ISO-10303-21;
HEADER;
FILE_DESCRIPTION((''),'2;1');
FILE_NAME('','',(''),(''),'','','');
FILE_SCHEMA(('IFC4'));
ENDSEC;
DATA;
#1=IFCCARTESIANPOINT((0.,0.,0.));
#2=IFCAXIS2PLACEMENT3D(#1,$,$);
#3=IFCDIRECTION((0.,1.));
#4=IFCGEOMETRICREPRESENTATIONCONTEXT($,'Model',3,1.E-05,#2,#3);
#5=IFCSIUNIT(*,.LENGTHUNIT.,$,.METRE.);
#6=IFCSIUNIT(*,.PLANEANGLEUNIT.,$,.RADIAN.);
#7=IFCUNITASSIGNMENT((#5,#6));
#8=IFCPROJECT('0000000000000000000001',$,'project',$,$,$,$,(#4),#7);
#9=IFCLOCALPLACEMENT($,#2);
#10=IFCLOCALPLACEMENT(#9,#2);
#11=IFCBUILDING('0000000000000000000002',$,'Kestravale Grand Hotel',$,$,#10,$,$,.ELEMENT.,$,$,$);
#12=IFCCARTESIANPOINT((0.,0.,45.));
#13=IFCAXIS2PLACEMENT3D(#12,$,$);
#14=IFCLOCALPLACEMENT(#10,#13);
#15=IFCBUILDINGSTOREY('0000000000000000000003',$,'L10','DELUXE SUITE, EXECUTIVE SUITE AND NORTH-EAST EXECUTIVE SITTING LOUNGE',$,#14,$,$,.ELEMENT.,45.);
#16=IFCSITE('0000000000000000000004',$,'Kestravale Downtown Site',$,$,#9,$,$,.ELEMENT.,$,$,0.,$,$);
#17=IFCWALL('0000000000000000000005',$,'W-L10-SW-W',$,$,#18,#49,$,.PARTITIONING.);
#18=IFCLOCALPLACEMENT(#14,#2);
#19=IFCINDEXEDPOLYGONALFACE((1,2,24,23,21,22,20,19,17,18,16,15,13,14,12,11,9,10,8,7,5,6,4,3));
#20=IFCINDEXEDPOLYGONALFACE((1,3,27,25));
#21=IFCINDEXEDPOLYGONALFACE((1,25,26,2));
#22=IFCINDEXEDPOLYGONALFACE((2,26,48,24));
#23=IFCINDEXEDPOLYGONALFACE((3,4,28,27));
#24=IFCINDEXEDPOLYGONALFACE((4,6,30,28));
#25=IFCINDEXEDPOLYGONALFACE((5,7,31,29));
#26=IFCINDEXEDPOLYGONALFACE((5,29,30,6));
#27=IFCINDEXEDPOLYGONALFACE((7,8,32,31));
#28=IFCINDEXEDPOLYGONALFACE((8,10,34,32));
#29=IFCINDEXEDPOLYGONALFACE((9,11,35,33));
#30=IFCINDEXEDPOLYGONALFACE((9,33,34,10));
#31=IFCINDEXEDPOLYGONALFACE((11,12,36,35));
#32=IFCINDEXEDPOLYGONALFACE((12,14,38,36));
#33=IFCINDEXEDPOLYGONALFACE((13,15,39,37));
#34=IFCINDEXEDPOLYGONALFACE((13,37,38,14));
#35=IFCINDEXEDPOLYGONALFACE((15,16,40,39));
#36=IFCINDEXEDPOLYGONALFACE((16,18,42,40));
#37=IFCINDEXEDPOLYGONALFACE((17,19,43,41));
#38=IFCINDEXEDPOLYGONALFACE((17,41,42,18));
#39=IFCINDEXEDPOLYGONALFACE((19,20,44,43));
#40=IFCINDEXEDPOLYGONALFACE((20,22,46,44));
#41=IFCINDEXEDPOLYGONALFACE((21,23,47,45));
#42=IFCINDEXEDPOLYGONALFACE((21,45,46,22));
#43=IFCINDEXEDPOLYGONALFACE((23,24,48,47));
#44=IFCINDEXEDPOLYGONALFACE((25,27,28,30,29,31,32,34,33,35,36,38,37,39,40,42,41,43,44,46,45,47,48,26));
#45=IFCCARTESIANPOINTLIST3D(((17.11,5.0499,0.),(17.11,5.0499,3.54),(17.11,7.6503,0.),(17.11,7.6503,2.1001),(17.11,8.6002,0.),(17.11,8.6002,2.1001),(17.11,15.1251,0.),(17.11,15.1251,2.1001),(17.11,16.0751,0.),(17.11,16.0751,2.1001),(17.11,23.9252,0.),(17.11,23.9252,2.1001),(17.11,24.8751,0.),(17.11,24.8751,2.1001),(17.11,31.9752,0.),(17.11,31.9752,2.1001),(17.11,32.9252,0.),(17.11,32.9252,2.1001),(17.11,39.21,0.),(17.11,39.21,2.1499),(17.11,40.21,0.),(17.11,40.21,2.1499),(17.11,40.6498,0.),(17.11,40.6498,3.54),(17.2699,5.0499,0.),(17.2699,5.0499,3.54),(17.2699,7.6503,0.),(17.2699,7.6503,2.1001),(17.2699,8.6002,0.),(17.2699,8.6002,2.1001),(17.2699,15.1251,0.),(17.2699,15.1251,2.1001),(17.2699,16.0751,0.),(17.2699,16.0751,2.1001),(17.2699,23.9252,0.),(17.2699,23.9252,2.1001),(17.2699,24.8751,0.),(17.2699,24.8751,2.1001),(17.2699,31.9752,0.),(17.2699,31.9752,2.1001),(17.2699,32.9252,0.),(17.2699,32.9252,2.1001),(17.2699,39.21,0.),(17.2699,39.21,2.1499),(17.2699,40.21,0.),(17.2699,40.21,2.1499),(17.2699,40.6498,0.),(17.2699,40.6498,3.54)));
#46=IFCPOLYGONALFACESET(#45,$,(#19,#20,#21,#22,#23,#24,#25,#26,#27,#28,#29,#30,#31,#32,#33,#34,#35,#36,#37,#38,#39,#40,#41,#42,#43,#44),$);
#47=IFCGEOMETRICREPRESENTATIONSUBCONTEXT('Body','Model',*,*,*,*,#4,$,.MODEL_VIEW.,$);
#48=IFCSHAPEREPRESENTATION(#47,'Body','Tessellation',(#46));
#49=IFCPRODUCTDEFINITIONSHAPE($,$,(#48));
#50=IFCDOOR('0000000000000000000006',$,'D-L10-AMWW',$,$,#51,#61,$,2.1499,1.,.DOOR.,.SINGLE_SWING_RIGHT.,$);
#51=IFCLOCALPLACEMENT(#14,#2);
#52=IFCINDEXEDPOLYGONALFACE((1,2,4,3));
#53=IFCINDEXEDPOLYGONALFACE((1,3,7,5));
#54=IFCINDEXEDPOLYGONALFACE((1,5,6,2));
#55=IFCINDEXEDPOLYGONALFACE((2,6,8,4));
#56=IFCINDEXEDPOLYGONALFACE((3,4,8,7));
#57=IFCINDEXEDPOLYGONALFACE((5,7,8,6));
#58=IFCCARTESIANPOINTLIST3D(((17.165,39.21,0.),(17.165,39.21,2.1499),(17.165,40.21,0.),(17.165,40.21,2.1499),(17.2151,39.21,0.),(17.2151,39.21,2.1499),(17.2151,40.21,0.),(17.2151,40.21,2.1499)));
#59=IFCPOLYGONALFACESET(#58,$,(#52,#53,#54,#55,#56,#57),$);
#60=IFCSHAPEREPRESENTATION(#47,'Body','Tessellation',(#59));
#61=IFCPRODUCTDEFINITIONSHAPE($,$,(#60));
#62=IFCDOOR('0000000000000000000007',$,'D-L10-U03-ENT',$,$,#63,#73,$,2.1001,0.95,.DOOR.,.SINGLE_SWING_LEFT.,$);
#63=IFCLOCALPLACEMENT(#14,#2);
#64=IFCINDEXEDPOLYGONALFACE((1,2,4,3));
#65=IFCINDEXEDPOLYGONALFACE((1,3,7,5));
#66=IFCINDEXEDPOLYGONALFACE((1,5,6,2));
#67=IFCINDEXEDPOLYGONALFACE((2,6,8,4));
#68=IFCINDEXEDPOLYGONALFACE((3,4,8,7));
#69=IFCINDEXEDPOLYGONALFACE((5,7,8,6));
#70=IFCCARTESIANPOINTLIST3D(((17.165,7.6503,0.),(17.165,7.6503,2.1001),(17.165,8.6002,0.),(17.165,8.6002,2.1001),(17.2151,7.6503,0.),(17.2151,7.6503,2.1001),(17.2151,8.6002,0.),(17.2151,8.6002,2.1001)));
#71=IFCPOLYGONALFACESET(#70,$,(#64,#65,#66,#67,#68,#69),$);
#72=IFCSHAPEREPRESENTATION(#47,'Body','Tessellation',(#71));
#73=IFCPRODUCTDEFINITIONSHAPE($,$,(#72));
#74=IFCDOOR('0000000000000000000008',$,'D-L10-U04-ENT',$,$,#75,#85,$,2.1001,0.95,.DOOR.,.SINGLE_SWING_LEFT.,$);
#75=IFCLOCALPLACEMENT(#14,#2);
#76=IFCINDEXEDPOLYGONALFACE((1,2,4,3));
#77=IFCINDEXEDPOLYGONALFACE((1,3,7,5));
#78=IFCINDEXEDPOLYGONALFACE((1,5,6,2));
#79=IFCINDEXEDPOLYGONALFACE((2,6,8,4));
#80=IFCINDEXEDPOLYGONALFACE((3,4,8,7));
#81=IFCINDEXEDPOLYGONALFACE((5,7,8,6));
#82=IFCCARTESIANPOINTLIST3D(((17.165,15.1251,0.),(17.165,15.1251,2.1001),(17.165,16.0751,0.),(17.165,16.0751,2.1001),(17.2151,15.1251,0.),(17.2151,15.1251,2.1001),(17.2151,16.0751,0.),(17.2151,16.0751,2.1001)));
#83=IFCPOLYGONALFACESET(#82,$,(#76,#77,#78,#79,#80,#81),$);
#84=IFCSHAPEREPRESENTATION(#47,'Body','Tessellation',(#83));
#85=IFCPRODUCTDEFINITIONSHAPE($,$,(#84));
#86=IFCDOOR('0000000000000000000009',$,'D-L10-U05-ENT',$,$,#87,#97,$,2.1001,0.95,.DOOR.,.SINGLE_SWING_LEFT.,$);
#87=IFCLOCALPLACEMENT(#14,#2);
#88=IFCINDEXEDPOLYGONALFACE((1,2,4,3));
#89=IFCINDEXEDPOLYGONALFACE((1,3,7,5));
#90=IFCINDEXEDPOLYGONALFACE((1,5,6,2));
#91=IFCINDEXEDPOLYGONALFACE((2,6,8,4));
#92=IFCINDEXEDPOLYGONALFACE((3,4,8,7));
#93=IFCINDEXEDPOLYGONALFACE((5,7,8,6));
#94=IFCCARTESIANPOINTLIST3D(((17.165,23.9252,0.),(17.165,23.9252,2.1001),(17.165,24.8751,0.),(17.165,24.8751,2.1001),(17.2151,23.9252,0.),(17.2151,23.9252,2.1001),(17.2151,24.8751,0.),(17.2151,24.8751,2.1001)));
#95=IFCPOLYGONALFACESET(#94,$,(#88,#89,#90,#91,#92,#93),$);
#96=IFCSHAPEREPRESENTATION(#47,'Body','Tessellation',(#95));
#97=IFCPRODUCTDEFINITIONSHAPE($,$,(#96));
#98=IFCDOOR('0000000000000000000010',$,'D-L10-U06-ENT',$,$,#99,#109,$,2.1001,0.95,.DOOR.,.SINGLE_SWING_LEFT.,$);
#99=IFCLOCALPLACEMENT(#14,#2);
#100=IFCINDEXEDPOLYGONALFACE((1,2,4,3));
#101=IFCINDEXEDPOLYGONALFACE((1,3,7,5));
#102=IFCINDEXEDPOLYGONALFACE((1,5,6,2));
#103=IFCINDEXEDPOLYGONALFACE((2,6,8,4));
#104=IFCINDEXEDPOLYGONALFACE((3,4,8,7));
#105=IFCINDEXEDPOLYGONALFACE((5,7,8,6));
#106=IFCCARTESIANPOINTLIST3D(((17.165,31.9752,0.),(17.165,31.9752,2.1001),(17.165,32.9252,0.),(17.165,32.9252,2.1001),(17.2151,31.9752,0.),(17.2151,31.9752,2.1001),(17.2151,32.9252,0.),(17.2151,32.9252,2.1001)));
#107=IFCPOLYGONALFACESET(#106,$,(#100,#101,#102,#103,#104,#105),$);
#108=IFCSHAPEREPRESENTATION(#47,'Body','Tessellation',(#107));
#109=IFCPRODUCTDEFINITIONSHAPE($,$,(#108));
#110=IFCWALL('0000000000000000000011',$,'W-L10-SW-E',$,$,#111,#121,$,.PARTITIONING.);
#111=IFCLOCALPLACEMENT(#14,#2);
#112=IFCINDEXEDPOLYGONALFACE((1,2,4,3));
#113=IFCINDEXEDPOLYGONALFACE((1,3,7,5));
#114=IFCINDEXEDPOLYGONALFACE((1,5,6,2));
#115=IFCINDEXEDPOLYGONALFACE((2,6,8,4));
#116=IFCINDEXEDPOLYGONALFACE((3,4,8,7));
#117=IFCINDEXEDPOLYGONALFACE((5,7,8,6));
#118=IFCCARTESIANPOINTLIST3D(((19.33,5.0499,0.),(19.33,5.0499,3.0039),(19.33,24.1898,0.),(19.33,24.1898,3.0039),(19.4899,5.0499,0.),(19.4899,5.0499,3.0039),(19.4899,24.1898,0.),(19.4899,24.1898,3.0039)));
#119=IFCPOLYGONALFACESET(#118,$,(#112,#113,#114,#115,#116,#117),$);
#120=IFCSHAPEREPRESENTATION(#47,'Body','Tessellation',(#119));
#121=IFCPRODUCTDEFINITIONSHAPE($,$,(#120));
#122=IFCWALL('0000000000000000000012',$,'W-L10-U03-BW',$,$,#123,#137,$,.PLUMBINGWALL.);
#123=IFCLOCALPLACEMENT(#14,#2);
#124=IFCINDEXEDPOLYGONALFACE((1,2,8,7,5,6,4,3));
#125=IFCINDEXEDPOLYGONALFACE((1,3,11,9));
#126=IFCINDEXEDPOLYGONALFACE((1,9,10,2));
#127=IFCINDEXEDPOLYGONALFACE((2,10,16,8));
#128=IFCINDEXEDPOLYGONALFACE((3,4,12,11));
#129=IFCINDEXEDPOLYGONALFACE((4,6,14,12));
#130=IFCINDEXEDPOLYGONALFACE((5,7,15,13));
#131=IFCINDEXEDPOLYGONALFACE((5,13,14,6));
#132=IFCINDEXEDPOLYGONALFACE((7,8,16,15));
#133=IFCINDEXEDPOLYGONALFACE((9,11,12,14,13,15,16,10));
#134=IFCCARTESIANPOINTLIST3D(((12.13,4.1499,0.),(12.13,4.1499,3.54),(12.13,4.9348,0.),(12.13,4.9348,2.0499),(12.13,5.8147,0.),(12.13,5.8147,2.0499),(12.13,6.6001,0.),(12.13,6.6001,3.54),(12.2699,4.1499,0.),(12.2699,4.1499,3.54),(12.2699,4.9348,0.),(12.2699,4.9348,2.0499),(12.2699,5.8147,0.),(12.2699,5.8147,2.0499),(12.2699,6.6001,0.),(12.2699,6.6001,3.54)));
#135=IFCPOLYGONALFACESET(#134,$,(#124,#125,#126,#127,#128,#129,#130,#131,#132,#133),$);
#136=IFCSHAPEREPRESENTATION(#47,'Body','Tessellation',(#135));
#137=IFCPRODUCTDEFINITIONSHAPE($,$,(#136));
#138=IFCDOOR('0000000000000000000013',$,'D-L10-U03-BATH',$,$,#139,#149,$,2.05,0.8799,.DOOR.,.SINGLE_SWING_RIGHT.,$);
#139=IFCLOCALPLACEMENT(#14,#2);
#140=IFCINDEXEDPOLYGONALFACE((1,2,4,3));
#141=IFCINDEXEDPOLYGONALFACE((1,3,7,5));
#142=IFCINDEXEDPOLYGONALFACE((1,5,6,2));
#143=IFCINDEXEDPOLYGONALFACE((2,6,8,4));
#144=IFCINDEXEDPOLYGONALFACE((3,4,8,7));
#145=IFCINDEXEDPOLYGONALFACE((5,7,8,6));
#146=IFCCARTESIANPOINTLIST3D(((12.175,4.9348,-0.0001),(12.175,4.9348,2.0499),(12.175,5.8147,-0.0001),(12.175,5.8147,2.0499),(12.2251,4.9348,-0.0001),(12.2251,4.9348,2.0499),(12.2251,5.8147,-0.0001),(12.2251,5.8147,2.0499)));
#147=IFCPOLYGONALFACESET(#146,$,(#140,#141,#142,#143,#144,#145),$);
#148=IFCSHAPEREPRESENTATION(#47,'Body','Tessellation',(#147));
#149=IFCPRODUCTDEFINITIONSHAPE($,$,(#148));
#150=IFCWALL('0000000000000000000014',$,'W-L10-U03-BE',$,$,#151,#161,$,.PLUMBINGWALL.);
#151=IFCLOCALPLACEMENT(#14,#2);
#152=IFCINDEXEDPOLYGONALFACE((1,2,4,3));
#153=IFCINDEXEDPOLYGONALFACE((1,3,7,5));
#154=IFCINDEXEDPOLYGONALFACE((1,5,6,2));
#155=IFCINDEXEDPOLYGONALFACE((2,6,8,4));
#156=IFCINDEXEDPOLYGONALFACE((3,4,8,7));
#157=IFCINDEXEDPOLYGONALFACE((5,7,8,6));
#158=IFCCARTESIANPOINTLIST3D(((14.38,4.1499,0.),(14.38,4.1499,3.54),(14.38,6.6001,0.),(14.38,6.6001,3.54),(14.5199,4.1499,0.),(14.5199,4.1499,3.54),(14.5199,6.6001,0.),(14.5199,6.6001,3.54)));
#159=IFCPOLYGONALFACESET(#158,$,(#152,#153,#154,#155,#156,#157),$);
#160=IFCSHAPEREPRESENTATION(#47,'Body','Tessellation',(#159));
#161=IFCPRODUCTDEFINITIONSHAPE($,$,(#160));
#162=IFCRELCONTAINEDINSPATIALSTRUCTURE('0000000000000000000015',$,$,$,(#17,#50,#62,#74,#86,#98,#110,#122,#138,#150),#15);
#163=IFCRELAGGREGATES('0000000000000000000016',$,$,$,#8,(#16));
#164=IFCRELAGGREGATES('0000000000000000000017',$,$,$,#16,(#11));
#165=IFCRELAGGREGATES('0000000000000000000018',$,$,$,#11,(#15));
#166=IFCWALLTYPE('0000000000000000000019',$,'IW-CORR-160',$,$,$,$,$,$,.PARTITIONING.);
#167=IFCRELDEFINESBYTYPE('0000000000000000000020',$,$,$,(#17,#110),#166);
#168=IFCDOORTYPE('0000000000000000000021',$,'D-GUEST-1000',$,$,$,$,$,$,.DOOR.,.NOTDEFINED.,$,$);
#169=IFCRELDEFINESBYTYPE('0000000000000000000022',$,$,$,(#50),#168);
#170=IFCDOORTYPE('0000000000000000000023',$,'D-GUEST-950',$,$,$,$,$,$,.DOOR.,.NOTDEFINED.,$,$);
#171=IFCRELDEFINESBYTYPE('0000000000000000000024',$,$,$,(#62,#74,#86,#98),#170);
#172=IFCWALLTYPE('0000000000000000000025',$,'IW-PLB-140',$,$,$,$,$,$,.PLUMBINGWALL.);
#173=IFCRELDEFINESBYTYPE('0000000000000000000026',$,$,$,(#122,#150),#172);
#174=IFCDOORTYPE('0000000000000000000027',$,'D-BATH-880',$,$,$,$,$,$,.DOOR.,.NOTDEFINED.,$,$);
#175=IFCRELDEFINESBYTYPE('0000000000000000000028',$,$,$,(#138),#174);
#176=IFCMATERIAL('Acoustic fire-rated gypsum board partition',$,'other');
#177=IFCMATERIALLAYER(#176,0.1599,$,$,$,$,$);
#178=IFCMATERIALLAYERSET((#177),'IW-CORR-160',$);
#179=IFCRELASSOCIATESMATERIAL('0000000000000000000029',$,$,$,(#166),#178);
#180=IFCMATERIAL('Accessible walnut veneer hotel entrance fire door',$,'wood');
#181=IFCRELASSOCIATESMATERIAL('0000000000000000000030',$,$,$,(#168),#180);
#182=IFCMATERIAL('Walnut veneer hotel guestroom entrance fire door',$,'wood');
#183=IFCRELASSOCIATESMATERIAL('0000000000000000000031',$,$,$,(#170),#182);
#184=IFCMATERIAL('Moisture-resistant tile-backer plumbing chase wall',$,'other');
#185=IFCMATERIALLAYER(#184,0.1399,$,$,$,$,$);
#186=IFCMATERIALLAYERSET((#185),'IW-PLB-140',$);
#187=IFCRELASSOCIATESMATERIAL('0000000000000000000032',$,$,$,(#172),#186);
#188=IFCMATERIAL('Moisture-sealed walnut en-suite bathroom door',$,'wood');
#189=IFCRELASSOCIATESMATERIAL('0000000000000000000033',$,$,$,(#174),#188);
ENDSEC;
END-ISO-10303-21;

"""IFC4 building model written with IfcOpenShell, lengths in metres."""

from ifc_helpers import new_model, si_unit, direction, frame, frame_2d, origin, place, context, subcontext, project, spatial, rectangle, extrude, material, layer, layer_set, type_object, element, fill, save


model = new_model("IFC4")

# Units and contexts
model_context = context("Model", 3, precision=1e-05, world=origin(), true_north=direction((0.0, 1.0)))
body_context = subcontext(model_context, "Body", "Model", "MODEL_VIEW")
ifc_project = project(units=[si_unit("LENGTHUNIT", "METRE"), si_unit("PLANEANGLEUNIT", "RADIAN")], contexts=[model_context])

# Site, building, storey
site_placement = place(None, origin())
site = spatial("IfcSite", under=ifc_project, at=site_placement, Name="Kestravale Downtown Site", CompositionType="ELEMENT", RefElevation=0.0)
building_placement = place(site_placement, origin())
building = spatial("IfcBuilding", under=site, at=building_placement, Name="Kestravale Grand Hotel", CompositionType="ELEMENT")
storey_placement = place(building_placement, frame((0.0, 0.0, 45.0)))
storey = spatial("IfcBuildingStorey", under=building, at=storey_placement, Name="L10", Description="DELUXE SUITE, EXECUTIVE SUITE AND NORTH-EAST EXECUTIVE SITTING LOUNGE", CompositionType="ELEMENT", Elevation=45.0)

# Wall, openings, doors
ifc_material_1 = material(Name="Acoustic fire-rated gypsum board partition", Category="other")
ifc_layer_1 = layer(ifc_material_1, 0.1599)
ifc_layer_set_1 = layer_set([ifc_layer_1], Name="IW-CORR-160")
wall_type_1 = type_object("IfcWallType", Name="IW-CORR-160", PredefinedType="PARTITIONING", material=ifc_layer_set_1)
wall_1_placement = place(storey_placement, frame((17.1899, 5.05, 0.0), z_axis=(0.0, 0.0, 1.0), x_axis=(0.0, 1.0, 0.0)))
wall_1 = element("IfcWall", 1, at=wall_1_placement, inside=storey, type_object=wall_type_1, Name="W-L10-SW-W", PredefinedType="PARTITIONING", context=body_context, shape_type="SweptSolid", body=[
    extrude(rectangle(XDim=35.5999, YDim=0.1599, at=frame_2d((17.7998, 0.0))), origin(), (0.0, 0.0, 1.0), 3.54),
])
opening_1_placement = place(wall_1_placement, frame((2.6001, 0.0, 0.0)))
opening_1 = element("IfcOpeningElement", 2, at=opening_1_placement, cuts=wall_1, PredefinedType="OPENING", context=body_context, shape_type="SweptSolid", body=[
    extrude(rectangle(XDim=0.95, YDim=2.1001, at=frame_2d((0.4751, 1.05))), frame((0.0, 0.0898, 0.0), z_axis=(0.0, -1.0, 0.0), x_axis=(1.0, 0.0, 0.0)), (0.0, 0.0, 1.0), 0.1799),
])
opening_2_placement = place(wall_1_placement, frame((10.075, 0.0, 0.0)))
opening_2 = element("IfcOpeningElement", 3, at=opening_2_placement, cuts=wall_1, PredefinedType="OPENING", context=body_context, shape_type="SweptSolid", body=[
    extrude(rectangle(XDim=0.95, YDim=2.1001, at=frame_2d((0.4751, 1.05))), frame((0.0, 0.0898, 0.0), z_axis=(0.0, -1.0, 0.0), x_axis=(1.0, 0.0, 0.0)), (0.0, 0.0, 1.0), 0.1799),
])
opening_3_placement = place(wall_1_placement, frame((18.875, 0.0, 0.0)))
opening_3 = element("IfcOpeningElement", 4, at=opening_3_placement, cuts=wall_1, PredefinedType="OPENING", context=body_context, shape_type="SweptSolid", body=[
    extrude(rectangle(XDim=0.95, YDim=2.1001, at=frame_2d((0.4751, 1.05))), frame((0.0, 0.0898, 0.0), z_axis=(0.0, -1.0, 0.0), x_axis=(1.0, 0.0, 0.0)), (0.0, 0.0, 1.0), 0.1799),
])
opening_4_placement = place(wall_1_placement, frame((26.925, 0.0, 0.0)))
opening_4 = element("IfcOpeningElement", 5, at=opening_4_placement, cuts=wall_1, PredefinedType="OPENING", context=body_context, shape_type="SweptSolid", body=[
    extrude(rectangle(XDim=0.95, YDim=2.1001, at=frame_2d((0.4751, 1.05))), frame((0.0, 0.0898, 0.0), z_axis=(0.0, -1.0, 0.0), x_axis=(1.0, 0.0, 0.0)), (0.0, 0.0, 1.0), 0.1799),
])
opening_5_placement = place(wall_1_placement, frame((34.1599, 0.0, 0.0)))
opening_5 = element("IfcOpeningElement", 6, at=opening_5_placement, cuts=wall_1, PredefinedType="OPENING", context=body_context, shape_type="SweptSolid", body=[
    extrude(rectangle(XDim=1.0, YDim=2.1499, at=frame_2d((0.5, 1.075))), frame((0.0, 0.0898, 0.0), z_axis=(0.0, -1.0, 0.0), x_axis=(1.0, 0.0, 0.0)), (0.0, 0.0, 1.0), 0.1799),
])
ifc_material_2 = material(Name="Accessible walnut veneer hotel entrance fire door", Category="wood")
door_type_1 = type_object("IfcDoorType", Name="D-GUEST-1000", OperationType="NOTDEFINED", PredefinedType="DOOR", material=ifc_material_2)
door_1_placement = place(opening_5_placement, origin())
door_1 = element("IfcDoor", 7, at=door_1_placement, inside=storey, type_object=door_type_1, Name="D-L10-AMWW", OperationType="SINGLE_SWING_RIGHT", OverallHeight=2.1499, OverallWidth=1.0, PredefinedType="DOOR", context=body_context, shape_type="SweptSolid", body=[
    extrude(rectangle(XDim=1.0, YDim=2.1499, at=frame_2d((0.5, 1.075))), frame((0.0, 0.0249, 0.0), z_axis=(0.0, -1.0, 0.0), x_axis=(1.0, 0.0, 0.0)), (0.0, 0.0, 1.0), 0.05),
])
fill(opening_5, door_1)
ifc_material_3 = material(Name="Walnut veneer hotel guestroom entrance fire door", Category="wood")
door_type_2 = type_object("IfcDoorType", Name="D-GUEST-950", OperationType="NOTDEFINED", PredefinedType="DOOR", material=ifc_material_3)
door_2_placement = place(opening_1_placement, origin())
door_2 = element("IfcDoor", 8, at=door_2_placement, inside=storey, type_object=door_type_2, Name="D-L10-U03-ENT", OperationType="SINGLE_SWING_LEFT", OverallHeight=2.1001, OverallWidth=0.95, PredefinedType="DOOR", context=body_context, shape_type="SweptSolid", body=[
    extrude(rectangle(XDim=0.95, YDim=2.1001, at=frame_2d((0.4751, 1.05))), frame((0.0, 0.0249, 0.0), z_axis=(0.0, -1.0, 0.0), x_axis=(1.0, 0.0, 0.0)), (0.0, 0.0, 1.0), 0.05),
])
fill(opening_1, door_2)
door_3_placement = place(opening_2_placement, origin())
door_3 = element("IfcDoor", 9, at=door_3_placement, inside=storey, type_object=door_type_2, Name="D-L10-U04-ENT", OperationType="SINGLE_SWING_LEFT", OverallHeight=2.1001, OverallWidth=0.95, PredefinedType="DOOR", context=body_context, shape_type="SweptSolid", body=[
    extrude(rectangle(XDim=0.95, YDim=2.1001, at=frame_2d((0.4751, 1.05))), frame((0.0, 0.0249, 0.0), z_axis=(0.0, -1.0, 0.0), x_axis=(1.0, 0.0, 0.0)), (0.0, 0.0, 1.0), 0.05),
])
fill(opening_2, door_3)
door_4_placement = place(opening_3_placement, origin())
door_4 = element("IfcDoor", 10, at=door_4_placement, inside=storey, type_object=door_type_2, Name="D-L10-U05-ENT", OperationType="SINGLE_SWING_LEFT", OverallHeight=2.1001, OverallWidth=0.95, PredefinedType="DOOR", context=body_context, shape_type="SweptSolid", body=[
    extrude(rectangle(XDim=0.95, YDim=2.1001, at=frame_2d((0.4751, 1.05))), frame((0.0, 0.0249, 0.0), z_axis=(0.0, -1.0, 0.0), x_axis=(1.0, 0.0, 0.0)), (0.0, 0.0, 1.0), 0.05),
])
fill(opening_3, door_4)
door_5_placement = place(opening_4_placement, origin())
door_5 = element("IfcDoor", 11, at=door_5_placement, inside=storey, type_object=door_type_2, Name="D-L10-U06-ENT", OperationType="SINGLE_SWING_LEFT", OverallHeight=2.1001, OverallWidth=0.95, PredefinedType="DOOR", context=body_context, shape_type="SweptSolid", body=[
    extrude(rectangle(XDim=0.95, YDim=2.1001, at=frame_2d((0.4751, 1.05))), frame((0.0, 0.0249, 0.0), z_axis=(0.0, -1.0, 0.0), x_axis=(1.0, 0.0, 0.0)), (0.0, 0.0, 1.0), 0.05),
])
fill(opening_4, door_5)

# Wall
wall_2_placement = place(storey_placement, frame((19.4099, 5.05, 0.0), z_axis=(0.0, 0.0, 1.0), x_axis=(0.0, 1.0, 0.0)))
element("IfcWall", 12, at=wall_2_placement, inside=storey, type_object=wall_type_1, Name="W-L10-SW-E", PredefinedType="PARTITIONING", context=body_context, shape_type="SweptSolid", body=[
    extrude(rectangle(XDim=19.1399, YDim=0.1599, at=frame_2d((9.5698, 0.0))), origin(), (0.0, 0.0, 1.0), 3.0039),
])

# Wall, opening, door
ifc_material_4 = material(Name="Moisture-resistant tile-backer plumbing chase wall", Category="other")
ifc_layer_2 = layer(ifc_material_4, 0.1399)
ifc_layer_set_2 = layer_set([ifc_layer_2], Name="IW-PLB-140")
wall_type_2 = type_object("IfcWallType", Name="IW-PLB-140", PredefinedType="PLUMBINGWALL", material=ifc_layer_set_2)
wall_3_placement = place(storey_placement, frame((12.2, 4.1499, 0.0), z_axis=(0.0, 0.0, 1.0), x_axis=(0.0, 1.0, 0.0)))
wall_3 = element("IfcWall", 13, at=wall_3_placement, inside=storey, type_object=wall_type_2, Name="W-L10-U03-BW", PredefinedType="PLUMBINGWALL", context=body_context, shape_type="SweptSolid", body=[
    extrude(rectangle(XDim=2.4502, YDim=0.1399, at=frame_2d((1.2251, 0.0))), origin(), (0.0, 0.0, 1.0), 3.54),
])
opening_6_placement = place(wall_3_placement, frame((0.7849, 0.0, 0.0)))
opening_6 = element("IfcOpeningElement", 14, at=opening_6_placement, cuts=wall_3, PredefinedType="OPENING", context=body_context, shape_type="SweptSolid", body=[
    extrude(rectangle(XDim=0.8799, YDim=2.05, at=frame_2d((0.4399, 1.0249))), frame((0.0, 0.0798, 0.0), z_axis=(0.0, -1.0, 0.0), x_axis=(1.0, 0.0, 0.0)), (0.0, 0.0, 1.0), 0.1599),
])
ifc_material_5 = material(Name="Moisture-sealed walnut en-suite bathroom door", Category="wood")
door_type_3 = type_object("IfcDoorType", Name="D-BATH-880", OperationType="NOTDEFINED", PredefinedType="DOOR", material=ifc_material_5)
door_6_placement = place(opening_6_placement, origin())
door_6 = element("IfcDoor", 15, at=door_6_placement, inside=storey, type_object=door_type_3, Name="D-L10-U03-BATH", OperationType="SINGLE_SWING_RIGHT", OverallHeight=2.05, OverallWidth=0.8799, PredefinedType="DOOR", context=body_context, shape_type="SweptSolid", body=[
    extrude(rectangle(XDim=0.8799, YDim=2.05, at=frame_2d((0.4399, 1.0249))), frame((0.0, 0.0249, 0.0), z_axis=(0.0, -1.0, 0.0), x_axis=(1.0, 0.0, 0.0)), (0.0, 0.0, 1.0), 0.05),
])
fill(opening_6, door_6)

# Wall
wall_4_placement = place(storey_placement, frame((14.45, 4.1499, 0.0), z_axis=(0.0, 0.0, 1.0), x_axis=(0.0, 1.0, 0.0)))
element("IfcWall", 16, at=wall_4_placement, inside=storey, type_object=wall_type_2, Name="W-L10-U03-BE", PredefinedType="PLUMBINGWALL", context=body_context, shape_type="SweptSolid", body=[
    extrude(rectangle(XDim=2.4502, YDim=0.1399, at=frame_2d((1.2251, 0.0))), origin(), (0.0, 0.0, 1.0), 3.54),
])

save(model, "model.ifc")
